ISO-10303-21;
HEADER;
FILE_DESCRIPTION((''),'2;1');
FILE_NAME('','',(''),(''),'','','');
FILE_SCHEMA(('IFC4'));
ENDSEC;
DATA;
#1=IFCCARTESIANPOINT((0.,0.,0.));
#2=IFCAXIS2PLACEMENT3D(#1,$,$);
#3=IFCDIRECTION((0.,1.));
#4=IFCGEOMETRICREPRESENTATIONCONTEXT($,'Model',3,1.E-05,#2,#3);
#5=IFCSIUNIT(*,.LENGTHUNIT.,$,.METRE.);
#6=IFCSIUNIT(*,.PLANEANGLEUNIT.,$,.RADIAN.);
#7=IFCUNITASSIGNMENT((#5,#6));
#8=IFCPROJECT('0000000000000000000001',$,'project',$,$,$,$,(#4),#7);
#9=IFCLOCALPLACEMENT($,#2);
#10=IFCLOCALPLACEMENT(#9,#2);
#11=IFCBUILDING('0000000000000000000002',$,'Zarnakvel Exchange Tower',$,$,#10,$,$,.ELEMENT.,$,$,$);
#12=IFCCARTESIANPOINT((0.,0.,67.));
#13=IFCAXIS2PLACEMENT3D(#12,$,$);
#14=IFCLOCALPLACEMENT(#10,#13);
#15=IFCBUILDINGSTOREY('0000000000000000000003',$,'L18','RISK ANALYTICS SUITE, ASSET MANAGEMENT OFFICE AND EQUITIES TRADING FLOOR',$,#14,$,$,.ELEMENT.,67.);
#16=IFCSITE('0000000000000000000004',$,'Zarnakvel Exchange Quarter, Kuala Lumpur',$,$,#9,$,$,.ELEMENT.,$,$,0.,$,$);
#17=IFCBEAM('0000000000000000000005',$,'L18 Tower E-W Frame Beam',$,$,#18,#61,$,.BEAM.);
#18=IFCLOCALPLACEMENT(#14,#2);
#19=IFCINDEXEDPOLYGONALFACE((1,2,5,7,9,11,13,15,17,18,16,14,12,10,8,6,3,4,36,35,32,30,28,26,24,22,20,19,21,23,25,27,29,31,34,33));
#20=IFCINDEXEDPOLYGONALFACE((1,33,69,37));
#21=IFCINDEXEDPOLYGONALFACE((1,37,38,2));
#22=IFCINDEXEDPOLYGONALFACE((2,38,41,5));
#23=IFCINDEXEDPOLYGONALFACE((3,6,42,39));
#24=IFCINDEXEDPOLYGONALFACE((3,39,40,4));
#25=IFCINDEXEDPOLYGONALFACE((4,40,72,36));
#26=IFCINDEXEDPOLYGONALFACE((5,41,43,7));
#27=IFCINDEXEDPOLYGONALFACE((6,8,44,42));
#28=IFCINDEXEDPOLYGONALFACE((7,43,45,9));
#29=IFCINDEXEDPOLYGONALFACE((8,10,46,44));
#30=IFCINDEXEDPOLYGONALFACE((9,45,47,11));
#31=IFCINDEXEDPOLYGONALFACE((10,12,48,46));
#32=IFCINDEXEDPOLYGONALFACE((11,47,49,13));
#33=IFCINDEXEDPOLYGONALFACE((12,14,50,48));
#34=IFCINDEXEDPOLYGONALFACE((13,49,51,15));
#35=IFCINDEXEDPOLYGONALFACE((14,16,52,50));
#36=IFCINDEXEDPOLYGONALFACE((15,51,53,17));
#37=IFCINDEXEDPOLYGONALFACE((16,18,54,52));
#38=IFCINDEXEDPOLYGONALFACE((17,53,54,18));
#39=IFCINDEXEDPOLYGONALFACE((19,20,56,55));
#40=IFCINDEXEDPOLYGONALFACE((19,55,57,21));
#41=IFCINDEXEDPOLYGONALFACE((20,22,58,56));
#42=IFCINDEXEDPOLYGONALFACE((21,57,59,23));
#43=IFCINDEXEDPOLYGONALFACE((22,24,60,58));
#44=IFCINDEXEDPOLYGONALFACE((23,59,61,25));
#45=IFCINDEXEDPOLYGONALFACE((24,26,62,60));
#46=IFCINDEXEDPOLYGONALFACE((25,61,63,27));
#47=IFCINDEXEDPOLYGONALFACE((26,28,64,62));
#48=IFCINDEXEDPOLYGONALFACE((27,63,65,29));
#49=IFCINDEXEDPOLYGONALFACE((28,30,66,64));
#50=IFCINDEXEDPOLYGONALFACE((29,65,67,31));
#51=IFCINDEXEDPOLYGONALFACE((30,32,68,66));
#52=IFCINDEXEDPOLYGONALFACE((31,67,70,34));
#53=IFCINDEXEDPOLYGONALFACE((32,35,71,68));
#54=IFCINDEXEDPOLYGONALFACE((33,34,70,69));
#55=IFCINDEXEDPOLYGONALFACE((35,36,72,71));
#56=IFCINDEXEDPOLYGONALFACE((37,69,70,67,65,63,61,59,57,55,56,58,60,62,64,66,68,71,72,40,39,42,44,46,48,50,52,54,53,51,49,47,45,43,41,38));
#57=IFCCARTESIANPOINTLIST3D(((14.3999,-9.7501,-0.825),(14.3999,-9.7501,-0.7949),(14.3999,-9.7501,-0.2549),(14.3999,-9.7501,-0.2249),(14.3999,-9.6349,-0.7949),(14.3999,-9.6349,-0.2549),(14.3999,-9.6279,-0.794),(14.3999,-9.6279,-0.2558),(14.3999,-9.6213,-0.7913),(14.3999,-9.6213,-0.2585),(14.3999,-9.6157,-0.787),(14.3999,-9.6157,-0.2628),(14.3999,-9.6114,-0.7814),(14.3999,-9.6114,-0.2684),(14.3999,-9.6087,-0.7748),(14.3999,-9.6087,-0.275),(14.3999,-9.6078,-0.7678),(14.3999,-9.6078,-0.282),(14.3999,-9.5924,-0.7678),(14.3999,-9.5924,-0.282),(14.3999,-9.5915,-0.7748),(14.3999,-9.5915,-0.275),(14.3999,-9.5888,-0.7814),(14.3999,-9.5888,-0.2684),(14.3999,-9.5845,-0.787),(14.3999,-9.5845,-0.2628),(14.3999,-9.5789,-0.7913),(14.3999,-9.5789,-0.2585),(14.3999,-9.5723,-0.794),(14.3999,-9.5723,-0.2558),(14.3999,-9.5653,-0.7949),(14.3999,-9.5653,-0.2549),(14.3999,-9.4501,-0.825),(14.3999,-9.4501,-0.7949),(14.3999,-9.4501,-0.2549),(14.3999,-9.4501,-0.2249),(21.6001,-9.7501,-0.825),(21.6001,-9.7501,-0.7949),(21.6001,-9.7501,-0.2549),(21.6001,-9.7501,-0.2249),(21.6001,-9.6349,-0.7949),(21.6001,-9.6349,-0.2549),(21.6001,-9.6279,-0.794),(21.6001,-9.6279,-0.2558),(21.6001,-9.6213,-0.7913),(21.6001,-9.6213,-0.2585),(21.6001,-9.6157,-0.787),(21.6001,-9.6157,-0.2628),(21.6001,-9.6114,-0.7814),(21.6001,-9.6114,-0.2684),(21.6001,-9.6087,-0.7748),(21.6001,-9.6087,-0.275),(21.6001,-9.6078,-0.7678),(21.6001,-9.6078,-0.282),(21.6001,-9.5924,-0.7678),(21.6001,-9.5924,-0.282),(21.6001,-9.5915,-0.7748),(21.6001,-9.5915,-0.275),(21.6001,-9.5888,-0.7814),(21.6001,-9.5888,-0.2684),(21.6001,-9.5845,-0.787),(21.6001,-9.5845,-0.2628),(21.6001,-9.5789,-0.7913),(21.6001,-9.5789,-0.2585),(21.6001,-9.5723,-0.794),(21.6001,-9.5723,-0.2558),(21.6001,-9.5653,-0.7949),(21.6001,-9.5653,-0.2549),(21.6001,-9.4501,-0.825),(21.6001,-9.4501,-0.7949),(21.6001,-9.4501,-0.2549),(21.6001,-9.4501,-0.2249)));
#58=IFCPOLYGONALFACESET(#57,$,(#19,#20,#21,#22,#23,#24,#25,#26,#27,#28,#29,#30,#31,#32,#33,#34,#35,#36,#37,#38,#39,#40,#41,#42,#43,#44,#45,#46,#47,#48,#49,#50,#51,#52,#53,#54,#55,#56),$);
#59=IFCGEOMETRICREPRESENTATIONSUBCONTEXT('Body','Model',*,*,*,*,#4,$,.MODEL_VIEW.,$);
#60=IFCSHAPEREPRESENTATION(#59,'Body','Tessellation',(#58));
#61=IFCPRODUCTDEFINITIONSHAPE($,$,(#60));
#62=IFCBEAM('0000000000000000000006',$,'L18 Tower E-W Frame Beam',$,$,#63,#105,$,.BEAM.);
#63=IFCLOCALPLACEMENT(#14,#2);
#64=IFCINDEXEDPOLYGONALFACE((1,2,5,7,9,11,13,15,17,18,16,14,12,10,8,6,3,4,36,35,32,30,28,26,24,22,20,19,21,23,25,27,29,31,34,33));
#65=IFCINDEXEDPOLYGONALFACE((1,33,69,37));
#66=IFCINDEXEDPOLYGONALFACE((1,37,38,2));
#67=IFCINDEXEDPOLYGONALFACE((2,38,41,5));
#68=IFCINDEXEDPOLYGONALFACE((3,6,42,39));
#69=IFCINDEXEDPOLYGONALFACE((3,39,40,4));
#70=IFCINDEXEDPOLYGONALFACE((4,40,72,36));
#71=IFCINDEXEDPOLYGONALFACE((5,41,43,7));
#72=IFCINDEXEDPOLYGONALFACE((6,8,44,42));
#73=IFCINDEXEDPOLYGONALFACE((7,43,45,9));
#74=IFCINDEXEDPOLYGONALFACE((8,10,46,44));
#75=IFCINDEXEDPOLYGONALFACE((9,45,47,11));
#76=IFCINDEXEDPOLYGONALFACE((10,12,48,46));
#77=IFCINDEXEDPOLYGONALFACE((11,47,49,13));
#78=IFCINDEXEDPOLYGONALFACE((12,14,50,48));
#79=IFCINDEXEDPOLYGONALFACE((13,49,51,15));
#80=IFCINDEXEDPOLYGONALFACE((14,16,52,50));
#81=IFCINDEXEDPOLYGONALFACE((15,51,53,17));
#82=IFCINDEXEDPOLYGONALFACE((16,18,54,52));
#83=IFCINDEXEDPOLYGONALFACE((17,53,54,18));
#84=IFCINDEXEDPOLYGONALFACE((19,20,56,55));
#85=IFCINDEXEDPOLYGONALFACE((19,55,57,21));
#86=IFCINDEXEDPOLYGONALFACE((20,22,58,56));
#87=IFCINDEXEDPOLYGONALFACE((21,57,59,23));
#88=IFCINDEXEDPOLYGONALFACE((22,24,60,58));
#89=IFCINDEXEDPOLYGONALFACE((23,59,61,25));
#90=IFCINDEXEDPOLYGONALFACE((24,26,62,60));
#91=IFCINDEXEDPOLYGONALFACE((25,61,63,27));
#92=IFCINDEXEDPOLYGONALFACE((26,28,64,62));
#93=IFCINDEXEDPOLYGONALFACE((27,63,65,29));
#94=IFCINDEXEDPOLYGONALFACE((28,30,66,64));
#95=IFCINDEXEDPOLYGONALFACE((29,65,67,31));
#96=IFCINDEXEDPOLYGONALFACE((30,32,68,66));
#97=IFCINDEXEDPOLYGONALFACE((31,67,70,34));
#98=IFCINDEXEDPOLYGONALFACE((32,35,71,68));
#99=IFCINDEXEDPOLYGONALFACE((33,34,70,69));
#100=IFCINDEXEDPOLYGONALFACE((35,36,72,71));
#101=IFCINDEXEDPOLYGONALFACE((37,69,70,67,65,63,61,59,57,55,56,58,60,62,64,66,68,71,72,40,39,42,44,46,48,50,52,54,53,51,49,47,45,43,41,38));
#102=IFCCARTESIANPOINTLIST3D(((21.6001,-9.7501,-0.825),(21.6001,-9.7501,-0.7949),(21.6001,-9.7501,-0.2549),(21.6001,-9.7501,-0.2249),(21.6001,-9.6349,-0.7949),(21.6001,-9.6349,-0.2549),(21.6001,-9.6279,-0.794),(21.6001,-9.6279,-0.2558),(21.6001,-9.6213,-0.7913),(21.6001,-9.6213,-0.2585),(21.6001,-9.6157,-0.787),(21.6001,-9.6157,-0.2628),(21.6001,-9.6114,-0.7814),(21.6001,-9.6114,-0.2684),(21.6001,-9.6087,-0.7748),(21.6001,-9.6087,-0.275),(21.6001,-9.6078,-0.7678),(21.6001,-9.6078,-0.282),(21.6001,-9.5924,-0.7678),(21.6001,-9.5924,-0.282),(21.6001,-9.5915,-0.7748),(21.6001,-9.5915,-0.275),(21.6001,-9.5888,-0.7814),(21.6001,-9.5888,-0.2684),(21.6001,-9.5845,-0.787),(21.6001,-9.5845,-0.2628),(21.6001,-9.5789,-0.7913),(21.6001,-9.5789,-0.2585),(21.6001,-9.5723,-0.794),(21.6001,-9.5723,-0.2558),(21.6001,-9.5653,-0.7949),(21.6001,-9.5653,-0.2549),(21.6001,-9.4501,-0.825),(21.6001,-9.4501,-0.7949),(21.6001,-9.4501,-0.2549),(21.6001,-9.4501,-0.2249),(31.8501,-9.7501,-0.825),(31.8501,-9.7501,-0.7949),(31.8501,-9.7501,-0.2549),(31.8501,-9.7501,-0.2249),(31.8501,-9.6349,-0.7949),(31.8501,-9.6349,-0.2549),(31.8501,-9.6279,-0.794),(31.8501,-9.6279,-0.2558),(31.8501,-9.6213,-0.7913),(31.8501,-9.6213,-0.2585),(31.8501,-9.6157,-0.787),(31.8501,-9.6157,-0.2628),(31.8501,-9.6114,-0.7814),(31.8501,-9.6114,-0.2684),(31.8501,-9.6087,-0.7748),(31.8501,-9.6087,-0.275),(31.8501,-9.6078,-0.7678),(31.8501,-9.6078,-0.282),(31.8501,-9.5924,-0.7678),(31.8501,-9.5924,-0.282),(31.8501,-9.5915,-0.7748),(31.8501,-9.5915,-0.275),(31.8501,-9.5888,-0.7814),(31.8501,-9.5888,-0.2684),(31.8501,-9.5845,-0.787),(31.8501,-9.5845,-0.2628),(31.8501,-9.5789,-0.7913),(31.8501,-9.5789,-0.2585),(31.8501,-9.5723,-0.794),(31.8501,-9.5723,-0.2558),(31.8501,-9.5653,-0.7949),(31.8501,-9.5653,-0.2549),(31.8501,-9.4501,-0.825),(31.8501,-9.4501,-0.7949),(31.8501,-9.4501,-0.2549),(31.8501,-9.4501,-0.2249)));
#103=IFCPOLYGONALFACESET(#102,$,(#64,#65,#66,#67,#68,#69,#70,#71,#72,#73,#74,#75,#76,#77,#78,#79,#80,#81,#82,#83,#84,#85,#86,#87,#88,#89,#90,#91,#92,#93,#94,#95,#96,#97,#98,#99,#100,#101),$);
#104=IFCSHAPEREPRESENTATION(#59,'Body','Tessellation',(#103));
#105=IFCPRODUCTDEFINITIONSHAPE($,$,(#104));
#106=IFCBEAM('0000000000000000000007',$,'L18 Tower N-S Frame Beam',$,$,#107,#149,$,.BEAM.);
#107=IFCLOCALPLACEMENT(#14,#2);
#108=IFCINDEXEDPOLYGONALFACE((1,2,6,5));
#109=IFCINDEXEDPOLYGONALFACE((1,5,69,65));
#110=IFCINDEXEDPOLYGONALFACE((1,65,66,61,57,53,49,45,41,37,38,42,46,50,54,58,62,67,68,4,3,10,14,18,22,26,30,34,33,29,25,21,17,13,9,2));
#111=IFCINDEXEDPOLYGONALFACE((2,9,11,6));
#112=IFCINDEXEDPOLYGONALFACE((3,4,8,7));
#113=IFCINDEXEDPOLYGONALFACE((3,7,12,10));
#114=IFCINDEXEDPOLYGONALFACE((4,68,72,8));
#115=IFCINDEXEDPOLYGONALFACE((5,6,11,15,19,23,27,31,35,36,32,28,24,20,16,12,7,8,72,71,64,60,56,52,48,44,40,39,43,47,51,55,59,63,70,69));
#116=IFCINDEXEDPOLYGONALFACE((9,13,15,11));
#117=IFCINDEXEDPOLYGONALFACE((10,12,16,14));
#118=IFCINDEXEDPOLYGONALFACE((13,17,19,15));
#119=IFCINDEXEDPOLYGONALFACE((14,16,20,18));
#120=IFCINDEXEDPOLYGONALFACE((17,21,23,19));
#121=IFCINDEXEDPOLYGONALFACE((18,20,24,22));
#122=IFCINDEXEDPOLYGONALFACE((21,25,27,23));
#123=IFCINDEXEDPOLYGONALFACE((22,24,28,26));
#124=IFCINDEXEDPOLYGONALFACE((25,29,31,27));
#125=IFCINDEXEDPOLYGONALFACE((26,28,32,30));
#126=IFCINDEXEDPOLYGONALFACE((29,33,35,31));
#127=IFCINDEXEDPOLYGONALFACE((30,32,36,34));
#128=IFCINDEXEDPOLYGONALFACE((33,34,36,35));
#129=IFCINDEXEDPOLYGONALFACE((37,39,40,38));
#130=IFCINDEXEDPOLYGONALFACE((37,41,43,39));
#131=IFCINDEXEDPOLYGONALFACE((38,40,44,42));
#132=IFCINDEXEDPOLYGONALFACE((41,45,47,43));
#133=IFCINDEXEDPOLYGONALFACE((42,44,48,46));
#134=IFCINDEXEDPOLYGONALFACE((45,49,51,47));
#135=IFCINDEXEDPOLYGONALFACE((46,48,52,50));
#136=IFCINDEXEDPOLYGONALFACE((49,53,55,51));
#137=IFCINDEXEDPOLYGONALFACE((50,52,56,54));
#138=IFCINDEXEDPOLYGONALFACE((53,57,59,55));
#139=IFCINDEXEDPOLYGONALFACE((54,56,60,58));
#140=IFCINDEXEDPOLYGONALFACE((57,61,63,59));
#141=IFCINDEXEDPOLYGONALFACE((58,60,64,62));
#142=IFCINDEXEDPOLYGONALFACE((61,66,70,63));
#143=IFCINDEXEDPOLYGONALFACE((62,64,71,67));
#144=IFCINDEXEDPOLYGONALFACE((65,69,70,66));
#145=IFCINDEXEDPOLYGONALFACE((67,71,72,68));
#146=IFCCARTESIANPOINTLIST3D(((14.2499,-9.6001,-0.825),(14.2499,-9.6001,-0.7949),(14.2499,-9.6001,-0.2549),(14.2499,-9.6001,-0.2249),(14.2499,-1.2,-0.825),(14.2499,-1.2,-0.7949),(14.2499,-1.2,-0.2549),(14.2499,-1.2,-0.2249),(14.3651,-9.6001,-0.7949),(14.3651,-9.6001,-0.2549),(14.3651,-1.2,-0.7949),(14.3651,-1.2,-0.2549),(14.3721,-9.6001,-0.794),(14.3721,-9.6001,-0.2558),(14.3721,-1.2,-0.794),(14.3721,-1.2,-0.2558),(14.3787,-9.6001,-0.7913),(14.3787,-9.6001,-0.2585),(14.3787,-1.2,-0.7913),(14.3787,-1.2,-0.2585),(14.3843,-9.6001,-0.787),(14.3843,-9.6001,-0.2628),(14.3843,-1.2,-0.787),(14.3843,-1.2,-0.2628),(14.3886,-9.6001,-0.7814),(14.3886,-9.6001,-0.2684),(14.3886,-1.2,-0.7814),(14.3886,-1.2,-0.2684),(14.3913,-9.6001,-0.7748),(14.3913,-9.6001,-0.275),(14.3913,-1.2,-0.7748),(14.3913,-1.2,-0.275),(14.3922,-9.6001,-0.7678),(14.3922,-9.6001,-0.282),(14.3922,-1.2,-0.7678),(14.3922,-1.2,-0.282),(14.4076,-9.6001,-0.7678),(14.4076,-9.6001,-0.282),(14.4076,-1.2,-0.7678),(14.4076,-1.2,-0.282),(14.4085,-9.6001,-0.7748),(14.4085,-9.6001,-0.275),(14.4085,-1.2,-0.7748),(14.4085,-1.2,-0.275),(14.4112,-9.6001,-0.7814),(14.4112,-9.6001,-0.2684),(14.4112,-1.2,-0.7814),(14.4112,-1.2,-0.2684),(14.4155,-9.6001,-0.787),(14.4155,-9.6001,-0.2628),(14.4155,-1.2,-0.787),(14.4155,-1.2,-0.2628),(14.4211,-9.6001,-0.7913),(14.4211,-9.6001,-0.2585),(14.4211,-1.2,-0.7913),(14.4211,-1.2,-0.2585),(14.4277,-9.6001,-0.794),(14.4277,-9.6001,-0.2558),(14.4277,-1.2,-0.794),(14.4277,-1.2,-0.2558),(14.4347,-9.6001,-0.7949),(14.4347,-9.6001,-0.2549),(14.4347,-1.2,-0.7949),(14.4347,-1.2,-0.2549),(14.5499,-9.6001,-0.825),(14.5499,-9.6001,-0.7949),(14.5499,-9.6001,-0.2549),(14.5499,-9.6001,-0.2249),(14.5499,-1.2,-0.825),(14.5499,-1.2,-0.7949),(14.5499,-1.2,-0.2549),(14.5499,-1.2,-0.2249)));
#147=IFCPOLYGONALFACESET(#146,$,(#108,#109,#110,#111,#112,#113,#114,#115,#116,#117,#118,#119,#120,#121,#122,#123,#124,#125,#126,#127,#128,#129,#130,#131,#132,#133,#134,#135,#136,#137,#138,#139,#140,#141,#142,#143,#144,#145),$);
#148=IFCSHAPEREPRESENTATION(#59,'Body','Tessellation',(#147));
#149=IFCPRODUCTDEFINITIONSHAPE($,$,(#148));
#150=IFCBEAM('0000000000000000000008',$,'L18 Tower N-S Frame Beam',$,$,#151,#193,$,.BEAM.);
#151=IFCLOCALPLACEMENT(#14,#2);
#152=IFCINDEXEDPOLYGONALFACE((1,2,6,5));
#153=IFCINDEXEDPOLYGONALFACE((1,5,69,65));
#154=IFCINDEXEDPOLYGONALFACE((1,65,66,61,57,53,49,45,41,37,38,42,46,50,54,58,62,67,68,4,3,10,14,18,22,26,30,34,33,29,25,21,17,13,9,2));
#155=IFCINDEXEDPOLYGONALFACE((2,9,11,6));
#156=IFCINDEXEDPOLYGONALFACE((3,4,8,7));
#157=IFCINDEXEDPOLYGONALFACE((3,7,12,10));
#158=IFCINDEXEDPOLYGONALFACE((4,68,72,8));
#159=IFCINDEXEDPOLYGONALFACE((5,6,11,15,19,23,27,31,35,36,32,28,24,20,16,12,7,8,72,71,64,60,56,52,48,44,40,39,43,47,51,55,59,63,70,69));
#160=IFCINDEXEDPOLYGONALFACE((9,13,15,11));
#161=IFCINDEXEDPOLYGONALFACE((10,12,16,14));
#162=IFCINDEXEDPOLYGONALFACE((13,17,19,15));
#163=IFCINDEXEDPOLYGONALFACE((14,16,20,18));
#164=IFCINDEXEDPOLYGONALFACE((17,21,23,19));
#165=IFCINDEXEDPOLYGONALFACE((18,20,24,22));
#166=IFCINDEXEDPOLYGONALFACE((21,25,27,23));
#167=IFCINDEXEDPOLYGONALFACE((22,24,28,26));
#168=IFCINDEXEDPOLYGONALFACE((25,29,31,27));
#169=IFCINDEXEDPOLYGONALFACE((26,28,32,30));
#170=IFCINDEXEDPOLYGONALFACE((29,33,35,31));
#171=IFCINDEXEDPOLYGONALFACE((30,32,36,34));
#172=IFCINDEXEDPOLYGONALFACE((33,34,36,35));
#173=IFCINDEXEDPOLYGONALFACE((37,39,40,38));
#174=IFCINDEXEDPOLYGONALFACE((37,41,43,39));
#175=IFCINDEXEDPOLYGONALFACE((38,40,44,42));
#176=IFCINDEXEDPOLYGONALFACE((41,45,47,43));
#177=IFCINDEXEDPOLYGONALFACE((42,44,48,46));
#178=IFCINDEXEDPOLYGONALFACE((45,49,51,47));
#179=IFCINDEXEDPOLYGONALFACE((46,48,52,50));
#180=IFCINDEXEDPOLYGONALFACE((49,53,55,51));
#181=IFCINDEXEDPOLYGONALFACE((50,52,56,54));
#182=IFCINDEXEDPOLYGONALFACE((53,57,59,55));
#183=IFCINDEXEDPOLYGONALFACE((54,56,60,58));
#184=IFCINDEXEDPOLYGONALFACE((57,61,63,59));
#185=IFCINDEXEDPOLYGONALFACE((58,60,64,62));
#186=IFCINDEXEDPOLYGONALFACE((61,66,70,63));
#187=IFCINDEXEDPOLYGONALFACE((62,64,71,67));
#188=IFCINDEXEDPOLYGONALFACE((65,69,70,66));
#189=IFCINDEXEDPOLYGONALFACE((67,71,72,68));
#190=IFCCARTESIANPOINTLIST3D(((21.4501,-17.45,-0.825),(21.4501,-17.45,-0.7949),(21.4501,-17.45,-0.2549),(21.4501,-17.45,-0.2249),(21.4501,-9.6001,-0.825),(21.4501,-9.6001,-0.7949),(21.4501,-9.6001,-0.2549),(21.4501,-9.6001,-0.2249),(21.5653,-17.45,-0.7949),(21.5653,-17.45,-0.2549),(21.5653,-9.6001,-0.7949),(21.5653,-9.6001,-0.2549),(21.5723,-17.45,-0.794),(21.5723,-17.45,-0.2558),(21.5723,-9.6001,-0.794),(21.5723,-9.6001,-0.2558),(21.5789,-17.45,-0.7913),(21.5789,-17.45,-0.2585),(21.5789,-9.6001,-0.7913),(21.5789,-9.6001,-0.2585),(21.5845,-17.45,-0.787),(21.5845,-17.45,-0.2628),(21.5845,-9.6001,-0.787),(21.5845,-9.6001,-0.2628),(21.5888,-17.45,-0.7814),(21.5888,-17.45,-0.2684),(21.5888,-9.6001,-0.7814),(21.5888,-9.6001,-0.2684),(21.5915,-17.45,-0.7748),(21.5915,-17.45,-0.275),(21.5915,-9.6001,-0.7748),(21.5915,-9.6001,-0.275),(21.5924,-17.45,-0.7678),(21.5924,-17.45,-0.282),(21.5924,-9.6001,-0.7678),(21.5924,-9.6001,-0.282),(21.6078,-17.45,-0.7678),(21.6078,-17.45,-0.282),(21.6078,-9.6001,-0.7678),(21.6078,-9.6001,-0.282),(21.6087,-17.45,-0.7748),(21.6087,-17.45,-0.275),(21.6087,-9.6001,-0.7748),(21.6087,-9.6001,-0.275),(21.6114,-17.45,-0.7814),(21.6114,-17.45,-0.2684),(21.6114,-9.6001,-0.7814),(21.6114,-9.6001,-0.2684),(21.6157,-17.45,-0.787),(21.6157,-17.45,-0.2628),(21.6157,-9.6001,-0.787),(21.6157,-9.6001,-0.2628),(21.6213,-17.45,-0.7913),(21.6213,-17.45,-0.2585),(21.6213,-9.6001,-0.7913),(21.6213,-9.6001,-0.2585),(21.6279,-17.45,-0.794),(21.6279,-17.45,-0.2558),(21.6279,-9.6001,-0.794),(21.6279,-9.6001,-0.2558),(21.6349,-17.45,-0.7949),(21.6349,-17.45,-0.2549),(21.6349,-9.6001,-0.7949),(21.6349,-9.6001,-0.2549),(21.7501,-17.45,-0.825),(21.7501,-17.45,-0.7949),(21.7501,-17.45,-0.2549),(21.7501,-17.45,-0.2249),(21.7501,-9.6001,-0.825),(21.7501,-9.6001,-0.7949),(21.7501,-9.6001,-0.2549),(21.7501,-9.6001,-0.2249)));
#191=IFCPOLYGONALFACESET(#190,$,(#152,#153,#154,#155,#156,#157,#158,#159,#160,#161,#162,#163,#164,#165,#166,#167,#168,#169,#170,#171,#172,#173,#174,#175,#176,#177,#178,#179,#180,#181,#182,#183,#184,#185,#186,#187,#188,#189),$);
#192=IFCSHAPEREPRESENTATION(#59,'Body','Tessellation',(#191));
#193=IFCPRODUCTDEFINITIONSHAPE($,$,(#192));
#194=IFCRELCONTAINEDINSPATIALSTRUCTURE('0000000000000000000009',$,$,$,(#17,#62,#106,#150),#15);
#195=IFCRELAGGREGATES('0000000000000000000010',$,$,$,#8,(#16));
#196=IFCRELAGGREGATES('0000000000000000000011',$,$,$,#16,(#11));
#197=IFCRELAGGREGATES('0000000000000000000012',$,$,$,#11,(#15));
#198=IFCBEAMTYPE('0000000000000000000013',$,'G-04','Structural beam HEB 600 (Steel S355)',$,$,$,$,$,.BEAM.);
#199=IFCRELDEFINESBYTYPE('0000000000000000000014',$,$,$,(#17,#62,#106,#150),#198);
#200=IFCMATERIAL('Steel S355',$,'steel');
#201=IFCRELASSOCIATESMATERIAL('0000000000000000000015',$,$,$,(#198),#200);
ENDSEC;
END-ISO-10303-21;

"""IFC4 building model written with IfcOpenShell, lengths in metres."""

from ifc_helpers import new_model, si_unit, direction, frame, origin, origin_2d, place, context, subcontext, project, spatial, i_section, extrude, material, material_profile, profile_set, type_object, element, save


model = new_model("IFC4")

# Units and contexts
model_context = context("Model", 3, precision=1e-05, world=origin(), true_north=direction((0.0, 1.0)))
body_context = subcontext(model_context, "Body", "Model", "MODEL_VIEW")
ifc_project = project(units=[si_unit("LENGTHUNIT", "METRE"), si_unit("PLANEANGLEUNIT", "RADIAN")], contexts=[model_context])

# Site, building, storey
site_placement = place(None, origin())
site = spatial("IfcSite", under=ifc_project, at=site_placement, Name="Zarnakvel Exchange Quarter, Kuala Lumpur", CompositionType="ELEMENT", RefElevation=0.0)
building_placement = place(site_placement, origin())
building = spatial("IfcBuilding", under=site, at=building_placement, Name="Zarnakvel Exchange Tower", CompositionType="ELEMENT")
storey_placement = place(building_placement, frame((0.0, 0.0, 67.0)))
storey = spatial("IfcBuildingStorey", under=building, at=storey_placement, Name="L18", Description="RISK ANALYTICS SUITE, ASSET MANAGEMENT OFFICE AND EQUITIES TRADING FLOOR", CompositionType="ELEMENT", Elevation=67.0)

# Shared definitions
ifc_material_1 = material(Name="Steel S355", Category="steel")

# Beams
ifc_material_profile_1 = material_profile(ifc_material_1, i_section(OverallWidth=0.3, OverallDepth=0.6001, WebThickness=0.0154, FlangeThickness=0.03, FilletRadius=0.0271, at=origin_2d()))
ifc_profile_set_1 = profile_set([ifc_material_profile_1], Name="Steel S355")
beam_type_1 = type_object("IfcBeamType", Name="G-04", Description="Structural beam HEB 600 (Steel S355)", PredefinedType="BEAM", material=ifc_profile_set_1)
beam_1_placement = place(storey_placement, frame((14.3999, -9.6001, -0.5249), z_axis=(1.0, 0.0, 0.0), x_axis=(0.0, 1.0, 0.0)))
element("IfcBeam", 1, at=beam_1_placement, inside=storey, type_object=beam_type_1, Name="L18 Tower E-W Frame Beam", PredefinedType="BEAM", context=body_context, shape_type="SweptSolid", body=[
    extrude(i_section(OverallWidth=0.3, OverallDepth=0.6001, WebThickness=0.0154, FlangeThickness=0.03, FilletRadius=0.0271, at=origin_2d()), origin(), (0.0, 0.0, 1.0), 7.2002),
])
beam_2_placement = place(storey_placement, frame((21.6001, -9.6001, -0.5249), z_axis=(1.0, 0.0, 0.0), x_axis=(0.0, 1.0, 0.0)))
element("IfcBeam", 2, at=beam_2_placement, inside=storey, type_object=beam_type_1, Name="L18 Tower E-W Frame Beam", PredefinedType="BEAM", context=body_context, shape_type="SweptSolid", body=[
    extrude(i_section(OverallWidth=0.3, OverallDepth=0.6001, WebThickness=0.0154, FlangeThickness=0.03, FilletRadius=0.0271, at=origin_2d()), origin(), (0.0, 0.0, 1.0), 10.25),
])
beam_3_placement = place(storey_placement, frame((14.3999, -9.6001, -0.5249), z_axis=(0.0, 1.0, 0.0), x_axis=(-1.0, 0.0, 0.0)))
element("IfcBeam", 3, at=beam_3_placement, inside=storey, type_object=beam_type_1, Name="L18 Tower N-S Frame Beam", PredefinedType="BEAM", context=body_context, shape_type="SweptSolid", body=[
    extrude(i_section(OverallWidth=0.3, OverallDepth=0.6001, WebThickness=0.0154, FlangeThickness=0.03, FilletRadius=0.0271, at=origin_2d()), origin(), (0.0, 0.0, 1.0), 8.4001),
])
beam_4_placement = place(storey_placement, frame((21.6001, -17.45, -0.5249), z_axis=(0.0, 1.0, 0.0), x_axis=(-1.0, 0.0, 0.0)))
element("IfcBeam", 4, at=beam_4_placement, inside=storey, type_object=beam_type_1, Name="L18 Tower N-S Frame Beam", PredefinedType="BEAM", context=body_context, shape_type="SweptSolid", body=[
    extrude(i_section(OverallWidth=0.3, OverallDepth=0.6001, WebThickness=0.0154, FlangeThickness=0.03, FilletRadius=0.0271, at=origin_2d()), origin(), (0.0, 0.0, 1.0), 7.8499),
])

save(model, "model.ifc")
